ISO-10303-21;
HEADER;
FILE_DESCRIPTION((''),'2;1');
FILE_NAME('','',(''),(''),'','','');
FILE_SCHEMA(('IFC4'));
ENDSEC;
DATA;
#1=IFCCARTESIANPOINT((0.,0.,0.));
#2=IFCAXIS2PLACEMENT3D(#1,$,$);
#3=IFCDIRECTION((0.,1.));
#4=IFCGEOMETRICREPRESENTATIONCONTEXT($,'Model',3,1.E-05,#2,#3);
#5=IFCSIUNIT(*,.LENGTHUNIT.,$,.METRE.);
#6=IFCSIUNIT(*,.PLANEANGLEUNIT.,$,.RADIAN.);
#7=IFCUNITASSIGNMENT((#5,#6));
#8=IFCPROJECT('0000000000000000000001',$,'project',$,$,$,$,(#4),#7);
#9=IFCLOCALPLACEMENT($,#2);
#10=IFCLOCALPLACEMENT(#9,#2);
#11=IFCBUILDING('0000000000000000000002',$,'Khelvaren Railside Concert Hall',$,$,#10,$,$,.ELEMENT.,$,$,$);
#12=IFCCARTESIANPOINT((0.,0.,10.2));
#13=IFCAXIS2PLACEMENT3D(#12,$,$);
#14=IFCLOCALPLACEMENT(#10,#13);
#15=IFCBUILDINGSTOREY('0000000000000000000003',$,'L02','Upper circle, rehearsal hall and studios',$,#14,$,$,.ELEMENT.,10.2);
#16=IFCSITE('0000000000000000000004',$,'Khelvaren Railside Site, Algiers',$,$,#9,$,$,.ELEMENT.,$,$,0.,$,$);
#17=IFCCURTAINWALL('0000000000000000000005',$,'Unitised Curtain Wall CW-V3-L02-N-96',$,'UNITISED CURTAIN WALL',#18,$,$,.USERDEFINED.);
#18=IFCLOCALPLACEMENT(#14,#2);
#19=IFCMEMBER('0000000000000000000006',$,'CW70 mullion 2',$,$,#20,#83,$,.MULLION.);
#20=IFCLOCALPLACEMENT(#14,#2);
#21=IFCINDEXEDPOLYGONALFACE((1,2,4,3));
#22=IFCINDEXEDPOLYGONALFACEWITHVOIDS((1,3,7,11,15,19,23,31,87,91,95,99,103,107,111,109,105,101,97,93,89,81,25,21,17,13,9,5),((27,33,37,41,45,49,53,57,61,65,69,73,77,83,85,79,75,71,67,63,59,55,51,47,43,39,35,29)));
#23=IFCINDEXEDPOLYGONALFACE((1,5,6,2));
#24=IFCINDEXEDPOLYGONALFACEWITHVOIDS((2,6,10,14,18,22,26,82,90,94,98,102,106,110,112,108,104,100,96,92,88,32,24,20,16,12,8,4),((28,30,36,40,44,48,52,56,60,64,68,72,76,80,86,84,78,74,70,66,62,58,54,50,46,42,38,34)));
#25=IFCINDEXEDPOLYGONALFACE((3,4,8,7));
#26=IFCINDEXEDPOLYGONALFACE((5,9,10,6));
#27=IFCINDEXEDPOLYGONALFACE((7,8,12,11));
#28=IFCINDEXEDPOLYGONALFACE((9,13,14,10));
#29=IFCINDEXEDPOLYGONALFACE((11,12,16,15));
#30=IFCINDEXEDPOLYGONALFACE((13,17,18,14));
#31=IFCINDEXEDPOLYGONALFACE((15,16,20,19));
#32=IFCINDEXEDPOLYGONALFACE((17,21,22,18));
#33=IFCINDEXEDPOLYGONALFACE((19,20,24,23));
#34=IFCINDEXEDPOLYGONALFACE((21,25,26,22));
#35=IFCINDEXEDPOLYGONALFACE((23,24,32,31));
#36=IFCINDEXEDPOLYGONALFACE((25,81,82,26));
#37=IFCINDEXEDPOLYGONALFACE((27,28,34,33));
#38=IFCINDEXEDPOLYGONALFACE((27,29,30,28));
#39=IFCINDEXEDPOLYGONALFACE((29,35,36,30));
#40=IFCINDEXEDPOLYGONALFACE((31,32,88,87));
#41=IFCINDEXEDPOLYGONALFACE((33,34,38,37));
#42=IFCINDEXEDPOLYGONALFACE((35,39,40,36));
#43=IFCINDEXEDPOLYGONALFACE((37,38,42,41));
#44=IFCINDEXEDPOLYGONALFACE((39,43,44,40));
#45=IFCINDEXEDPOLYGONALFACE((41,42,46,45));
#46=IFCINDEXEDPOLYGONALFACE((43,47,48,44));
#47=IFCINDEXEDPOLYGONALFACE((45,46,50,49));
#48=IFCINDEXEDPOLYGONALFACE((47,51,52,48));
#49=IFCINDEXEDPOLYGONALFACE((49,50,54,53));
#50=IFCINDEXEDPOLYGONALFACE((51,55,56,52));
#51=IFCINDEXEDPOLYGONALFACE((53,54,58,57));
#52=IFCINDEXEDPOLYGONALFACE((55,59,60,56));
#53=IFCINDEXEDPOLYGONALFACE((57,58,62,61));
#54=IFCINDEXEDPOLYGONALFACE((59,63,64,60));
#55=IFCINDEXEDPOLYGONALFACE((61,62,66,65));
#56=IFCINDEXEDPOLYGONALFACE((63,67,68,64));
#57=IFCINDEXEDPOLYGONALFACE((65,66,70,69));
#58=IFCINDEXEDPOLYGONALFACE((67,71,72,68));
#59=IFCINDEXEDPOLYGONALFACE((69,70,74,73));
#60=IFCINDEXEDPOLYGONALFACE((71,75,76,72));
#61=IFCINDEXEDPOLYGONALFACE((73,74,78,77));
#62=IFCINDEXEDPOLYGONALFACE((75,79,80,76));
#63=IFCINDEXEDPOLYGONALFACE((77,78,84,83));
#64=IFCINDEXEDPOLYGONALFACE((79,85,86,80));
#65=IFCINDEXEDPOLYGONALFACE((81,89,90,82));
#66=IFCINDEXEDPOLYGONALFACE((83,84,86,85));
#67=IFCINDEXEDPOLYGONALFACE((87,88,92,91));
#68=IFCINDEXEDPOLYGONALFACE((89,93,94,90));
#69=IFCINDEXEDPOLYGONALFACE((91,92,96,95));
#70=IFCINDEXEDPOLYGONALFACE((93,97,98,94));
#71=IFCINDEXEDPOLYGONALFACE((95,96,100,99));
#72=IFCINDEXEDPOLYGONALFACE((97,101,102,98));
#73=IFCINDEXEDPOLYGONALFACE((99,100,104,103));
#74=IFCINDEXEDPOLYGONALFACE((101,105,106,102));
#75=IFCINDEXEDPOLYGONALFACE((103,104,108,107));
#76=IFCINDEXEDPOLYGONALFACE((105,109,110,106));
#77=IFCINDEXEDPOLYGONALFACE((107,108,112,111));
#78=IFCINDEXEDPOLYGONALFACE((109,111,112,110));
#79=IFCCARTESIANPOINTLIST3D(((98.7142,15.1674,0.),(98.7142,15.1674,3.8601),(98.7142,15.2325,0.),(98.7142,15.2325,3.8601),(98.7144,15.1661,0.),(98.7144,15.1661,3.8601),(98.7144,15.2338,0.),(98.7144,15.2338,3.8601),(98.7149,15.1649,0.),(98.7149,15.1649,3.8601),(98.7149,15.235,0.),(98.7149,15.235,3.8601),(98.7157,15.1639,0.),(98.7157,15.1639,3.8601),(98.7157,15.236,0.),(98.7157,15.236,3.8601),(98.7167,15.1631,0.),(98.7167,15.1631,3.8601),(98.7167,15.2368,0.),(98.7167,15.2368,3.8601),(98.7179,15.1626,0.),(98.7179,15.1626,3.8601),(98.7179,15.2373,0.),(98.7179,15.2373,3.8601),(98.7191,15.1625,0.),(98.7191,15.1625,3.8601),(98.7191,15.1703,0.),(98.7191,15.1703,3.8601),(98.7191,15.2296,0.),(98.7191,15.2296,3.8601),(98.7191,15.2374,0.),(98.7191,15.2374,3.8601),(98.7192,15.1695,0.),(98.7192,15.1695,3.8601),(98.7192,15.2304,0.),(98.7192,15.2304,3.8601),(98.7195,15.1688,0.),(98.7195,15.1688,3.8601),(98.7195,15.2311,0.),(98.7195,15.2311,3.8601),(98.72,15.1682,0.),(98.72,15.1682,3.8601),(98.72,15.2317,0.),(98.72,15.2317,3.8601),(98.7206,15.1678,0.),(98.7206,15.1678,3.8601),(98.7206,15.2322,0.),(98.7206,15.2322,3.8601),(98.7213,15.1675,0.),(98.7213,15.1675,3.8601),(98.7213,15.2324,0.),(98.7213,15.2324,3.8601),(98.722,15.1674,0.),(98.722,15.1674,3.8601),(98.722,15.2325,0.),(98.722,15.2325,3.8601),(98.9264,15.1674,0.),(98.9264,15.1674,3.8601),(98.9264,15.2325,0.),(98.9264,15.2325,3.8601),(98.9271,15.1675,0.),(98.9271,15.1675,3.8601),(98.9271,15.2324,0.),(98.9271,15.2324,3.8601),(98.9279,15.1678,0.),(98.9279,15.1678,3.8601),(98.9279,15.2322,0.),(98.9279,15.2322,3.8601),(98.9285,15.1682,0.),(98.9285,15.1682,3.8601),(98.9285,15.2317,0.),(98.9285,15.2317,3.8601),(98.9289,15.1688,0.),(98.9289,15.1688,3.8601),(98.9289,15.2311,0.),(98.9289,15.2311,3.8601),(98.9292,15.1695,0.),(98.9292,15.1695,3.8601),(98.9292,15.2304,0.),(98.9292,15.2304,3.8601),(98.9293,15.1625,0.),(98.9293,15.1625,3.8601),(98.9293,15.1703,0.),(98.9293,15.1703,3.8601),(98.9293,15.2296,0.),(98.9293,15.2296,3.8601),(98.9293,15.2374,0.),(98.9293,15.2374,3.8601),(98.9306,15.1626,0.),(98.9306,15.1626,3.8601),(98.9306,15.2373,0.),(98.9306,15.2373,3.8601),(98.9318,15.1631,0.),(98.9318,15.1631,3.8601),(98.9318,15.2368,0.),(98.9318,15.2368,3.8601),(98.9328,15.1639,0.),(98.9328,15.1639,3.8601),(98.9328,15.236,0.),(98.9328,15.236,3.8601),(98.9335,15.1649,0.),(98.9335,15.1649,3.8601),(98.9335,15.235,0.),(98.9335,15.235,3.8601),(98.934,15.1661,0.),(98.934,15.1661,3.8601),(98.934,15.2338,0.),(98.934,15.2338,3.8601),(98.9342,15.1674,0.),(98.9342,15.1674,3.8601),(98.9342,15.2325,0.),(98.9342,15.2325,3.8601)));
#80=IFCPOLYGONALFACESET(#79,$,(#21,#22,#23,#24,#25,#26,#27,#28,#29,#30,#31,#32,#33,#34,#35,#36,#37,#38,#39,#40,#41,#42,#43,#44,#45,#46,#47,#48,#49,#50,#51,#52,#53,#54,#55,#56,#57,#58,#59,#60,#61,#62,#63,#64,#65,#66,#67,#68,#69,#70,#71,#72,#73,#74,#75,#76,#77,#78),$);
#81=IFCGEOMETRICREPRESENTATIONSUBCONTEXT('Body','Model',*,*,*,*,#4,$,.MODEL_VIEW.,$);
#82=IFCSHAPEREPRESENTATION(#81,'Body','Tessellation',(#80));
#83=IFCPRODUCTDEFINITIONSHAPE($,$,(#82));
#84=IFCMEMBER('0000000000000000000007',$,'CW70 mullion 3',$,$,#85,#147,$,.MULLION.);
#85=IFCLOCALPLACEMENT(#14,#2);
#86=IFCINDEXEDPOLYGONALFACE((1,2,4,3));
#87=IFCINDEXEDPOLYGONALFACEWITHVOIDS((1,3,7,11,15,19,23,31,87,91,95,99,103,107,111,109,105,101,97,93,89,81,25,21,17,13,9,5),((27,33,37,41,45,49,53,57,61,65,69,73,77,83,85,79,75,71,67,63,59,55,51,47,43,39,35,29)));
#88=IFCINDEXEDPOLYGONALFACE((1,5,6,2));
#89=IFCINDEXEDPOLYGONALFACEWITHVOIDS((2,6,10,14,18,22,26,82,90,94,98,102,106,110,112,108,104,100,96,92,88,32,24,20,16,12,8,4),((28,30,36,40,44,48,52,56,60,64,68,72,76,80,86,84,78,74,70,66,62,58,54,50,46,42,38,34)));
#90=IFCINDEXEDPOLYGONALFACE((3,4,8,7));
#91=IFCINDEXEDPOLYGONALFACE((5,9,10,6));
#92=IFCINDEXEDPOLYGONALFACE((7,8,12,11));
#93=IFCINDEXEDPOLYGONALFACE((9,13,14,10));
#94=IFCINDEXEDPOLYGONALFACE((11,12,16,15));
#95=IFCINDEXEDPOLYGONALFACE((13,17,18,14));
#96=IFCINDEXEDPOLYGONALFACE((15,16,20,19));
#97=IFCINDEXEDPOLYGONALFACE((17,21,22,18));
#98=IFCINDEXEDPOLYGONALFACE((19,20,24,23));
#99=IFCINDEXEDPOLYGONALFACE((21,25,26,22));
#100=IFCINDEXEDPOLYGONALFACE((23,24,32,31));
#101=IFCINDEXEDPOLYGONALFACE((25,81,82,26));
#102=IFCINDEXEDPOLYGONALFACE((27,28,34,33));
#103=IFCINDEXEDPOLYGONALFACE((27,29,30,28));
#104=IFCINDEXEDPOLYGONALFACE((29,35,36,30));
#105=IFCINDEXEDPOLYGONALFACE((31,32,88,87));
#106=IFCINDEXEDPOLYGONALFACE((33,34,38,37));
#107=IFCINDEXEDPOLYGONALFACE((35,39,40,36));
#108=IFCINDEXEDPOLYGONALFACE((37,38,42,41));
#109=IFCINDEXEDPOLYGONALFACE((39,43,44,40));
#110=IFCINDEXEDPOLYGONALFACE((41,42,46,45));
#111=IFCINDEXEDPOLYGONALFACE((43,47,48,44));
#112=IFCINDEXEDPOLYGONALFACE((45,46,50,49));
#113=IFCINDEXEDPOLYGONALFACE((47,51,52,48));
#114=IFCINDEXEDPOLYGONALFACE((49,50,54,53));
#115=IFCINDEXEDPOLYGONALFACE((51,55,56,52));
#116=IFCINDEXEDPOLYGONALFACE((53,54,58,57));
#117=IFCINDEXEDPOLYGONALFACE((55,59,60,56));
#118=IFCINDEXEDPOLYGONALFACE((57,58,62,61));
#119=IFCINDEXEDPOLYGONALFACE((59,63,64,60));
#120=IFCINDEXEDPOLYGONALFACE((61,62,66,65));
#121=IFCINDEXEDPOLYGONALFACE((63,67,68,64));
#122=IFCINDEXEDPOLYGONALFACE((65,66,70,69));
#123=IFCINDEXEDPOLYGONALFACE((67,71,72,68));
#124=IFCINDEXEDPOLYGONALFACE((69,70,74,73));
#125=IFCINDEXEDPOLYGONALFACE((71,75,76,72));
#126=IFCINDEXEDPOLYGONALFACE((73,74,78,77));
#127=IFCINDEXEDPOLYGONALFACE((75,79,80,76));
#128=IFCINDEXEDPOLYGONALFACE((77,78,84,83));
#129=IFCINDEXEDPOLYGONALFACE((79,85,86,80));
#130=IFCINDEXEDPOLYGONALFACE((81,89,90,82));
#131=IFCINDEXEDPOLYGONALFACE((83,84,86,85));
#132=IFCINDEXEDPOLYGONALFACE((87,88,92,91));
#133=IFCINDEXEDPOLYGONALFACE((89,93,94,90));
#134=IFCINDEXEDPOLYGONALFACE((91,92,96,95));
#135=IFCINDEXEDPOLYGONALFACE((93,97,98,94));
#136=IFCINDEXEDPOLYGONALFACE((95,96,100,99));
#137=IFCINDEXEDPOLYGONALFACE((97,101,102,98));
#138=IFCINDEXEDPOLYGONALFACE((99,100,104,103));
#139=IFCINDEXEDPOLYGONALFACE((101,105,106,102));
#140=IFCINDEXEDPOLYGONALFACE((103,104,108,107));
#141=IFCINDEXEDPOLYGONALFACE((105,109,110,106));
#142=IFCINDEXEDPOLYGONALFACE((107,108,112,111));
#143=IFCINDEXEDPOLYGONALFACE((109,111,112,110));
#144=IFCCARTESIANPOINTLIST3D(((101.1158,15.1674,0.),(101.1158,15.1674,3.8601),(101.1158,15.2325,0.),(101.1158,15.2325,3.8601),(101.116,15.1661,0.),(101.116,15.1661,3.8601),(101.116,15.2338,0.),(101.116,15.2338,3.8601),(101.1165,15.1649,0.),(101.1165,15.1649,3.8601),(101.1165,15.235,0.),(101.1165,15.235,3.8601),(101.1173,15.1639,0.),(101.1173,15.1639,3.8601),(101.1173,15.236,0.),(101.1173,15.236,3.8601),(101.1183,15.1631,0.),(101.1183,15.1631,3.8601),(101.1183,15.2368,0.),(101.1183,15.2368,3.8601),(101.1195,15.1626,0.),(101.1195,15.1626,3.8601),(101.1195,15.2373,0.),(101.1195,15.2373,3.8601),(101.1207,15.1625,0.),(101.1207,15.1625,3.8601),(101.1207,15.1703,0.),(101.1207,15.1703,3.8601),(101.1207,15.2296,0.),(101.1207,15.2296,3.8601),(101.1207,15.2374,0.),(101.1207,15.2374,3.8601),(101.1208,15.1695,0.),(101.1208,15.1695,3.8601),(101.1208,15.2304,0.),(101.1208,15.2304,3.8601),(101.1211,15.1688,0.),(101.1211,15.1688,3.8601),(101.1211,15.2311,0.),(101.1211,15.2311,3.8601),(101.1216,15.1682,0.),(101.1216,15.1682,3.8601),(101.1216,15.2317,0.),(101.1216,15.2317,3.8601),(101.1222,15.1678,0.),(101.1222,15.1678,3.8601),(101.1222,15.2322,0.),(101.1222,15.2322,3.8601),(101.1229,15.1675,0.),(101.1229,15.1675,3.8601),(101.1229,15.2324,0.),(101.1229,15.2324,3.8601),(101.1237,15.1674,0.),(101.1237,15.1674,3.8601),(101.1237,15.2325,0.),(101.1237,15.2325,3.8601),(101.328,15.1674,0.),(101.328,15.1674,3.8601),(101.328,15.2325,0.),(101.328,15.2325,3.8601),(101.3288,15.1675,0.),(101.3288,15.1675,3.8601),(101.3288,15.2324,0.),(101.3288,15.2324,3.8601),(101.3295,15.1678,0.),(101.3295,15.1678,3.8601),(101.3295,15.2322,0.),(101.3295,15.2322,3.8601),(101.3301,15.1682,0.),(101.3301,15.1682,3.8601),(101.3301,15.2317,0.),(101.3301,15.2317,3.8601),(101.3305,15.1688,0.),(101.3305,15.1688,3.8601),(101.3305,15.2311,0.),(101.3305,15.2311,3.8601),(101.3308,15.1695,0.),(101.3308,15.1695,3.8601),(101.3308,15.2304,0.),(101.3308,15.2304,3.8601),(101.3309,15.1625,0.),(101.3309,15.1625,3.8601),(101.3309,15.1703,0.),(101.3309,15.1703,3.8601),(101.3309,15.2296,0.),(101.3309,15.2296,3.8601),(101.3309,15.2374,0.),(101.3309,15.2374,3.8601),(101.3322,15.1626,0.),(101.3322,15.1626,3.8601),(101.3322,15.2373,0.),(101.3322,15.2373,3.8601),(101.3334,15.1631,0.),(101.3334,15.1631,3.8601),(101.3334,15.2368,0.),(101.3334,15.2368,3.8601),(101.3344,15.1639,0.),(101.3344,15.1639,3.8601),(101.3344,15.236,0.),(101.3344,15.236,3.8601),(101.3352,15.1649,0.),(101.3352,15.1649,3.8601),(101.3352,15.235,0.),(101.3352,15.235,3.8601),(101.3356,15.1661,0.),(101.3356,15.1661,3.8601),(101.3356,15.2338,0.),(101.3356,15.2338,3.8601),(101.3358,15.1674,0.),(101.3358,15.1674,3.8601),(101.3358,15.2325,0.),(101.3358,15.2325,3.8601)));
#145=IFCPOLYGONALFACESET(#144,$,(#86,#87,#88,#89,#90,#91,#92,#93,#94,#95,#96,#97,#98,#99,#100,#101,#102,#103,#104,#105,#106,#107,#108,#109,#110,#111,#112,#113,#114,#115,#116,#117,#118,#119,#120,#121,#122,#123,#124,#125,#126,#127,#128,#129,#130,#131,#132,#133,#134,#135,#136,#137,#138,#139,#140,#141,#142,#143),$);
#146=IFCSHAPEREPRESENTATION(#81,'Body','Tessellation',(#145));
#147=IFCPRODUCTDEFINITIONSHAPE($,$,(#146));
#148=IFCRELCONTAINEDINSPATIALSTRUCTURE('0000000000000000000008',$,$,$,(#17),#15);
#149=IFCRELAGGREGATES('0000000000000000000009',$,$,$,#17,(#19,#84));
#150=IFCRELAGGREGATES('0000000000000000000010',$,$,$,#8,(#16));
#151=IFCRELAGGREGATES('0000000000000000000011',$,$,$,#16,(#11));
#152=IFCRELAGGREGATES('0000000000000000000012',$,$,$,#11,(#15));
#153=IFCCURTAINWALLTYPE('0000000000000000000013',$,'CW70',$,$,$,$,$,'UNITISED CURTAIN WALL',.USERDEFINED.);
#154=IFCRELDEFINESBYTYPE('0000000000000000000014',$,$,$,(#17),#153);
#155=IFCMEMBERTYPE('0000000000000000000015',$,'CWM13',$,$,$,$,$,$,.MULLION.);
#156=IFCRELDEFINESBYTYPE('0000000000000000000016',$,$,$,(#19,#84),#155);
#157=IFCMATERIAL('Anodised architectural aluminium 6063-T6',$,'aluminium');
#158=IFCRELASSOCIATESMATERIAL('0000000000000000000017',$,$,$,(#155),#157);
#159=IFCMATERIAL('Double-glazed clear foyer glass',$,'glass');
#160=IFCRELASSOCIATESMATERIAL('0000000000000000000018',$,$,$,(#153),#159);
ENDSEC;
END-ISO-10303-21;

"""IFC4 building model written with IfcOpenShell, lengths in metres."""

from ifc_helpers import new_model, si_unit, direction, frame, origin, origin_2d, place, context, subcontext, project, spatial, hollow_rectangle, extrude, material, material_profile, profile_set, type_object, element, aggregate, save


model = new_model("IFC4")

# Units and contexts
model_context = context("Model", 3, precision=1e-05, world=origin(), true_north=direction((0.0, 1.0)))
body_context = subcontext(model_context, "Body", "Model", "MODEL_VIEW")
ifc_project = project(units=[si_unit("LENGTHUNIT", "METRE"), si_unit("PLANEANGLEUNIT", "RADIAN")], contexts=[model_context])

# Site, building, storey
site_placement = place(None, origin())
site = spatial("IfcSite", under=ifc_project, at=site_placement, Name="Khelvaren Railside Site, Algiers", CompositionType="ELEMENT", RefElevation=0.0)
building_placement = place(site_placement, origin())
building = spatial("IfcBuilding", under=site, at=building_placement, Name="Khelvaren Railside Concert Hall", CompositionType="ELEMENT")
storey_placement = place(building_placement, frame((0.0, 0.0, 10.2)))
storey = spatial("IfcBuildingStorey", under=building, at=storey_placement, Name="L02", Description="Upper circle, rehearsal hall and studios", CompositionType="ELEMENT", Elevation=10.2)

# Shared definitions
ifc_material_1 = material(Name="Double-glazed clear foyer glass", Category="glass")
ifc_material_2 = material(Name="Anodised architectural aluminium 6063-T6", Category="aluminium")
ifc_material_profile_1 = material_profile(ifc_material_2, hollow_rectangle(XDim=0.075, YDim=0.22, WallThickness=0.0049, InnerFilletRadius=0.0029, OuterFilletRadius=0.0049, at=origin_2d()), Name="CWM 75x220x5")
ifc_profile_set_1 = profile_set([ifc_material_profile_1], Name="Anodised architectural aluminium 6063-T6")
member_type_1 = type_object("IfcMemberType", Name="CWM13", PredefinedType="MULLION", material=ifc_profile_set_1)

# Curtain wall, members
curtain_wall_type_1 = type_object("IfcCurtainWallType", Name="CW70", ElementType="UNITISED CURTAIN WALL", PredefinedType="USERDEFINED", material=ifc_material_1)
curtain_wall_1_placement = place(storey_placement, origin())
curtain_wall_1 = element("IfcCurtainWall", 1, at=curtain_wall_1_placement, inside=storey, type_object=curtain_wall_type_1, Name="Unitised Curtain Wall CW-V3-L02-N-96", ObjectType="UNITISED CURTAIN WALL", PredefinedType="USERDEFINED")
member_1_placement = place(storey_placement, frame((98.8242, 15.2, 0.0), z_axis=(0.0, 0.0, 1.0), x_axis=(0.0, 1.0, 0.0)))
member_1 = element("IfcMember", 2, at=member_1_placement, type_object=member_type_1, Name="CW70 mullion 2", PredefinedType="MULLION", context=body_context, shape_type="SweptSolid", body=[
    extrude(hollow_rectangle(XDim=0.075, YDim=0.22, WallThickness=0.0049, InnerFilletRadius=0.0029, OuterFilletRadius=0.0049, at=origin_2d()), origin(), (0.0, 0.0, 1.0), 3.8601),
])
member_2_placement = place(storey_placement, frame((101.2258, 15.2, 0.0), z_axis=(0.0, 0.0, 1.0), x_axis=(0.0, 1.0, 0.0)))
member_2 = element("IfcMember", 3, at=member_2_placement, type_object=member_type_1, Name="CW70 mullion 3", PredefinedType="MULLION", context=body_context, shape_type="SweptSolid", body=[
    extrude(hollow_rectangle(XDim=0.075, YDim=0.22, WallThickness=0.0049, InnerFilletRadius=0.0029, OuterFilletRadius=0.0049, at=origin_2d()), origin(), (0.0, 0.0, 1.0), 3.8601),
])

aggregate(curtain_wall_1, [member_1, member_2])

save(model, "model.ifc")
